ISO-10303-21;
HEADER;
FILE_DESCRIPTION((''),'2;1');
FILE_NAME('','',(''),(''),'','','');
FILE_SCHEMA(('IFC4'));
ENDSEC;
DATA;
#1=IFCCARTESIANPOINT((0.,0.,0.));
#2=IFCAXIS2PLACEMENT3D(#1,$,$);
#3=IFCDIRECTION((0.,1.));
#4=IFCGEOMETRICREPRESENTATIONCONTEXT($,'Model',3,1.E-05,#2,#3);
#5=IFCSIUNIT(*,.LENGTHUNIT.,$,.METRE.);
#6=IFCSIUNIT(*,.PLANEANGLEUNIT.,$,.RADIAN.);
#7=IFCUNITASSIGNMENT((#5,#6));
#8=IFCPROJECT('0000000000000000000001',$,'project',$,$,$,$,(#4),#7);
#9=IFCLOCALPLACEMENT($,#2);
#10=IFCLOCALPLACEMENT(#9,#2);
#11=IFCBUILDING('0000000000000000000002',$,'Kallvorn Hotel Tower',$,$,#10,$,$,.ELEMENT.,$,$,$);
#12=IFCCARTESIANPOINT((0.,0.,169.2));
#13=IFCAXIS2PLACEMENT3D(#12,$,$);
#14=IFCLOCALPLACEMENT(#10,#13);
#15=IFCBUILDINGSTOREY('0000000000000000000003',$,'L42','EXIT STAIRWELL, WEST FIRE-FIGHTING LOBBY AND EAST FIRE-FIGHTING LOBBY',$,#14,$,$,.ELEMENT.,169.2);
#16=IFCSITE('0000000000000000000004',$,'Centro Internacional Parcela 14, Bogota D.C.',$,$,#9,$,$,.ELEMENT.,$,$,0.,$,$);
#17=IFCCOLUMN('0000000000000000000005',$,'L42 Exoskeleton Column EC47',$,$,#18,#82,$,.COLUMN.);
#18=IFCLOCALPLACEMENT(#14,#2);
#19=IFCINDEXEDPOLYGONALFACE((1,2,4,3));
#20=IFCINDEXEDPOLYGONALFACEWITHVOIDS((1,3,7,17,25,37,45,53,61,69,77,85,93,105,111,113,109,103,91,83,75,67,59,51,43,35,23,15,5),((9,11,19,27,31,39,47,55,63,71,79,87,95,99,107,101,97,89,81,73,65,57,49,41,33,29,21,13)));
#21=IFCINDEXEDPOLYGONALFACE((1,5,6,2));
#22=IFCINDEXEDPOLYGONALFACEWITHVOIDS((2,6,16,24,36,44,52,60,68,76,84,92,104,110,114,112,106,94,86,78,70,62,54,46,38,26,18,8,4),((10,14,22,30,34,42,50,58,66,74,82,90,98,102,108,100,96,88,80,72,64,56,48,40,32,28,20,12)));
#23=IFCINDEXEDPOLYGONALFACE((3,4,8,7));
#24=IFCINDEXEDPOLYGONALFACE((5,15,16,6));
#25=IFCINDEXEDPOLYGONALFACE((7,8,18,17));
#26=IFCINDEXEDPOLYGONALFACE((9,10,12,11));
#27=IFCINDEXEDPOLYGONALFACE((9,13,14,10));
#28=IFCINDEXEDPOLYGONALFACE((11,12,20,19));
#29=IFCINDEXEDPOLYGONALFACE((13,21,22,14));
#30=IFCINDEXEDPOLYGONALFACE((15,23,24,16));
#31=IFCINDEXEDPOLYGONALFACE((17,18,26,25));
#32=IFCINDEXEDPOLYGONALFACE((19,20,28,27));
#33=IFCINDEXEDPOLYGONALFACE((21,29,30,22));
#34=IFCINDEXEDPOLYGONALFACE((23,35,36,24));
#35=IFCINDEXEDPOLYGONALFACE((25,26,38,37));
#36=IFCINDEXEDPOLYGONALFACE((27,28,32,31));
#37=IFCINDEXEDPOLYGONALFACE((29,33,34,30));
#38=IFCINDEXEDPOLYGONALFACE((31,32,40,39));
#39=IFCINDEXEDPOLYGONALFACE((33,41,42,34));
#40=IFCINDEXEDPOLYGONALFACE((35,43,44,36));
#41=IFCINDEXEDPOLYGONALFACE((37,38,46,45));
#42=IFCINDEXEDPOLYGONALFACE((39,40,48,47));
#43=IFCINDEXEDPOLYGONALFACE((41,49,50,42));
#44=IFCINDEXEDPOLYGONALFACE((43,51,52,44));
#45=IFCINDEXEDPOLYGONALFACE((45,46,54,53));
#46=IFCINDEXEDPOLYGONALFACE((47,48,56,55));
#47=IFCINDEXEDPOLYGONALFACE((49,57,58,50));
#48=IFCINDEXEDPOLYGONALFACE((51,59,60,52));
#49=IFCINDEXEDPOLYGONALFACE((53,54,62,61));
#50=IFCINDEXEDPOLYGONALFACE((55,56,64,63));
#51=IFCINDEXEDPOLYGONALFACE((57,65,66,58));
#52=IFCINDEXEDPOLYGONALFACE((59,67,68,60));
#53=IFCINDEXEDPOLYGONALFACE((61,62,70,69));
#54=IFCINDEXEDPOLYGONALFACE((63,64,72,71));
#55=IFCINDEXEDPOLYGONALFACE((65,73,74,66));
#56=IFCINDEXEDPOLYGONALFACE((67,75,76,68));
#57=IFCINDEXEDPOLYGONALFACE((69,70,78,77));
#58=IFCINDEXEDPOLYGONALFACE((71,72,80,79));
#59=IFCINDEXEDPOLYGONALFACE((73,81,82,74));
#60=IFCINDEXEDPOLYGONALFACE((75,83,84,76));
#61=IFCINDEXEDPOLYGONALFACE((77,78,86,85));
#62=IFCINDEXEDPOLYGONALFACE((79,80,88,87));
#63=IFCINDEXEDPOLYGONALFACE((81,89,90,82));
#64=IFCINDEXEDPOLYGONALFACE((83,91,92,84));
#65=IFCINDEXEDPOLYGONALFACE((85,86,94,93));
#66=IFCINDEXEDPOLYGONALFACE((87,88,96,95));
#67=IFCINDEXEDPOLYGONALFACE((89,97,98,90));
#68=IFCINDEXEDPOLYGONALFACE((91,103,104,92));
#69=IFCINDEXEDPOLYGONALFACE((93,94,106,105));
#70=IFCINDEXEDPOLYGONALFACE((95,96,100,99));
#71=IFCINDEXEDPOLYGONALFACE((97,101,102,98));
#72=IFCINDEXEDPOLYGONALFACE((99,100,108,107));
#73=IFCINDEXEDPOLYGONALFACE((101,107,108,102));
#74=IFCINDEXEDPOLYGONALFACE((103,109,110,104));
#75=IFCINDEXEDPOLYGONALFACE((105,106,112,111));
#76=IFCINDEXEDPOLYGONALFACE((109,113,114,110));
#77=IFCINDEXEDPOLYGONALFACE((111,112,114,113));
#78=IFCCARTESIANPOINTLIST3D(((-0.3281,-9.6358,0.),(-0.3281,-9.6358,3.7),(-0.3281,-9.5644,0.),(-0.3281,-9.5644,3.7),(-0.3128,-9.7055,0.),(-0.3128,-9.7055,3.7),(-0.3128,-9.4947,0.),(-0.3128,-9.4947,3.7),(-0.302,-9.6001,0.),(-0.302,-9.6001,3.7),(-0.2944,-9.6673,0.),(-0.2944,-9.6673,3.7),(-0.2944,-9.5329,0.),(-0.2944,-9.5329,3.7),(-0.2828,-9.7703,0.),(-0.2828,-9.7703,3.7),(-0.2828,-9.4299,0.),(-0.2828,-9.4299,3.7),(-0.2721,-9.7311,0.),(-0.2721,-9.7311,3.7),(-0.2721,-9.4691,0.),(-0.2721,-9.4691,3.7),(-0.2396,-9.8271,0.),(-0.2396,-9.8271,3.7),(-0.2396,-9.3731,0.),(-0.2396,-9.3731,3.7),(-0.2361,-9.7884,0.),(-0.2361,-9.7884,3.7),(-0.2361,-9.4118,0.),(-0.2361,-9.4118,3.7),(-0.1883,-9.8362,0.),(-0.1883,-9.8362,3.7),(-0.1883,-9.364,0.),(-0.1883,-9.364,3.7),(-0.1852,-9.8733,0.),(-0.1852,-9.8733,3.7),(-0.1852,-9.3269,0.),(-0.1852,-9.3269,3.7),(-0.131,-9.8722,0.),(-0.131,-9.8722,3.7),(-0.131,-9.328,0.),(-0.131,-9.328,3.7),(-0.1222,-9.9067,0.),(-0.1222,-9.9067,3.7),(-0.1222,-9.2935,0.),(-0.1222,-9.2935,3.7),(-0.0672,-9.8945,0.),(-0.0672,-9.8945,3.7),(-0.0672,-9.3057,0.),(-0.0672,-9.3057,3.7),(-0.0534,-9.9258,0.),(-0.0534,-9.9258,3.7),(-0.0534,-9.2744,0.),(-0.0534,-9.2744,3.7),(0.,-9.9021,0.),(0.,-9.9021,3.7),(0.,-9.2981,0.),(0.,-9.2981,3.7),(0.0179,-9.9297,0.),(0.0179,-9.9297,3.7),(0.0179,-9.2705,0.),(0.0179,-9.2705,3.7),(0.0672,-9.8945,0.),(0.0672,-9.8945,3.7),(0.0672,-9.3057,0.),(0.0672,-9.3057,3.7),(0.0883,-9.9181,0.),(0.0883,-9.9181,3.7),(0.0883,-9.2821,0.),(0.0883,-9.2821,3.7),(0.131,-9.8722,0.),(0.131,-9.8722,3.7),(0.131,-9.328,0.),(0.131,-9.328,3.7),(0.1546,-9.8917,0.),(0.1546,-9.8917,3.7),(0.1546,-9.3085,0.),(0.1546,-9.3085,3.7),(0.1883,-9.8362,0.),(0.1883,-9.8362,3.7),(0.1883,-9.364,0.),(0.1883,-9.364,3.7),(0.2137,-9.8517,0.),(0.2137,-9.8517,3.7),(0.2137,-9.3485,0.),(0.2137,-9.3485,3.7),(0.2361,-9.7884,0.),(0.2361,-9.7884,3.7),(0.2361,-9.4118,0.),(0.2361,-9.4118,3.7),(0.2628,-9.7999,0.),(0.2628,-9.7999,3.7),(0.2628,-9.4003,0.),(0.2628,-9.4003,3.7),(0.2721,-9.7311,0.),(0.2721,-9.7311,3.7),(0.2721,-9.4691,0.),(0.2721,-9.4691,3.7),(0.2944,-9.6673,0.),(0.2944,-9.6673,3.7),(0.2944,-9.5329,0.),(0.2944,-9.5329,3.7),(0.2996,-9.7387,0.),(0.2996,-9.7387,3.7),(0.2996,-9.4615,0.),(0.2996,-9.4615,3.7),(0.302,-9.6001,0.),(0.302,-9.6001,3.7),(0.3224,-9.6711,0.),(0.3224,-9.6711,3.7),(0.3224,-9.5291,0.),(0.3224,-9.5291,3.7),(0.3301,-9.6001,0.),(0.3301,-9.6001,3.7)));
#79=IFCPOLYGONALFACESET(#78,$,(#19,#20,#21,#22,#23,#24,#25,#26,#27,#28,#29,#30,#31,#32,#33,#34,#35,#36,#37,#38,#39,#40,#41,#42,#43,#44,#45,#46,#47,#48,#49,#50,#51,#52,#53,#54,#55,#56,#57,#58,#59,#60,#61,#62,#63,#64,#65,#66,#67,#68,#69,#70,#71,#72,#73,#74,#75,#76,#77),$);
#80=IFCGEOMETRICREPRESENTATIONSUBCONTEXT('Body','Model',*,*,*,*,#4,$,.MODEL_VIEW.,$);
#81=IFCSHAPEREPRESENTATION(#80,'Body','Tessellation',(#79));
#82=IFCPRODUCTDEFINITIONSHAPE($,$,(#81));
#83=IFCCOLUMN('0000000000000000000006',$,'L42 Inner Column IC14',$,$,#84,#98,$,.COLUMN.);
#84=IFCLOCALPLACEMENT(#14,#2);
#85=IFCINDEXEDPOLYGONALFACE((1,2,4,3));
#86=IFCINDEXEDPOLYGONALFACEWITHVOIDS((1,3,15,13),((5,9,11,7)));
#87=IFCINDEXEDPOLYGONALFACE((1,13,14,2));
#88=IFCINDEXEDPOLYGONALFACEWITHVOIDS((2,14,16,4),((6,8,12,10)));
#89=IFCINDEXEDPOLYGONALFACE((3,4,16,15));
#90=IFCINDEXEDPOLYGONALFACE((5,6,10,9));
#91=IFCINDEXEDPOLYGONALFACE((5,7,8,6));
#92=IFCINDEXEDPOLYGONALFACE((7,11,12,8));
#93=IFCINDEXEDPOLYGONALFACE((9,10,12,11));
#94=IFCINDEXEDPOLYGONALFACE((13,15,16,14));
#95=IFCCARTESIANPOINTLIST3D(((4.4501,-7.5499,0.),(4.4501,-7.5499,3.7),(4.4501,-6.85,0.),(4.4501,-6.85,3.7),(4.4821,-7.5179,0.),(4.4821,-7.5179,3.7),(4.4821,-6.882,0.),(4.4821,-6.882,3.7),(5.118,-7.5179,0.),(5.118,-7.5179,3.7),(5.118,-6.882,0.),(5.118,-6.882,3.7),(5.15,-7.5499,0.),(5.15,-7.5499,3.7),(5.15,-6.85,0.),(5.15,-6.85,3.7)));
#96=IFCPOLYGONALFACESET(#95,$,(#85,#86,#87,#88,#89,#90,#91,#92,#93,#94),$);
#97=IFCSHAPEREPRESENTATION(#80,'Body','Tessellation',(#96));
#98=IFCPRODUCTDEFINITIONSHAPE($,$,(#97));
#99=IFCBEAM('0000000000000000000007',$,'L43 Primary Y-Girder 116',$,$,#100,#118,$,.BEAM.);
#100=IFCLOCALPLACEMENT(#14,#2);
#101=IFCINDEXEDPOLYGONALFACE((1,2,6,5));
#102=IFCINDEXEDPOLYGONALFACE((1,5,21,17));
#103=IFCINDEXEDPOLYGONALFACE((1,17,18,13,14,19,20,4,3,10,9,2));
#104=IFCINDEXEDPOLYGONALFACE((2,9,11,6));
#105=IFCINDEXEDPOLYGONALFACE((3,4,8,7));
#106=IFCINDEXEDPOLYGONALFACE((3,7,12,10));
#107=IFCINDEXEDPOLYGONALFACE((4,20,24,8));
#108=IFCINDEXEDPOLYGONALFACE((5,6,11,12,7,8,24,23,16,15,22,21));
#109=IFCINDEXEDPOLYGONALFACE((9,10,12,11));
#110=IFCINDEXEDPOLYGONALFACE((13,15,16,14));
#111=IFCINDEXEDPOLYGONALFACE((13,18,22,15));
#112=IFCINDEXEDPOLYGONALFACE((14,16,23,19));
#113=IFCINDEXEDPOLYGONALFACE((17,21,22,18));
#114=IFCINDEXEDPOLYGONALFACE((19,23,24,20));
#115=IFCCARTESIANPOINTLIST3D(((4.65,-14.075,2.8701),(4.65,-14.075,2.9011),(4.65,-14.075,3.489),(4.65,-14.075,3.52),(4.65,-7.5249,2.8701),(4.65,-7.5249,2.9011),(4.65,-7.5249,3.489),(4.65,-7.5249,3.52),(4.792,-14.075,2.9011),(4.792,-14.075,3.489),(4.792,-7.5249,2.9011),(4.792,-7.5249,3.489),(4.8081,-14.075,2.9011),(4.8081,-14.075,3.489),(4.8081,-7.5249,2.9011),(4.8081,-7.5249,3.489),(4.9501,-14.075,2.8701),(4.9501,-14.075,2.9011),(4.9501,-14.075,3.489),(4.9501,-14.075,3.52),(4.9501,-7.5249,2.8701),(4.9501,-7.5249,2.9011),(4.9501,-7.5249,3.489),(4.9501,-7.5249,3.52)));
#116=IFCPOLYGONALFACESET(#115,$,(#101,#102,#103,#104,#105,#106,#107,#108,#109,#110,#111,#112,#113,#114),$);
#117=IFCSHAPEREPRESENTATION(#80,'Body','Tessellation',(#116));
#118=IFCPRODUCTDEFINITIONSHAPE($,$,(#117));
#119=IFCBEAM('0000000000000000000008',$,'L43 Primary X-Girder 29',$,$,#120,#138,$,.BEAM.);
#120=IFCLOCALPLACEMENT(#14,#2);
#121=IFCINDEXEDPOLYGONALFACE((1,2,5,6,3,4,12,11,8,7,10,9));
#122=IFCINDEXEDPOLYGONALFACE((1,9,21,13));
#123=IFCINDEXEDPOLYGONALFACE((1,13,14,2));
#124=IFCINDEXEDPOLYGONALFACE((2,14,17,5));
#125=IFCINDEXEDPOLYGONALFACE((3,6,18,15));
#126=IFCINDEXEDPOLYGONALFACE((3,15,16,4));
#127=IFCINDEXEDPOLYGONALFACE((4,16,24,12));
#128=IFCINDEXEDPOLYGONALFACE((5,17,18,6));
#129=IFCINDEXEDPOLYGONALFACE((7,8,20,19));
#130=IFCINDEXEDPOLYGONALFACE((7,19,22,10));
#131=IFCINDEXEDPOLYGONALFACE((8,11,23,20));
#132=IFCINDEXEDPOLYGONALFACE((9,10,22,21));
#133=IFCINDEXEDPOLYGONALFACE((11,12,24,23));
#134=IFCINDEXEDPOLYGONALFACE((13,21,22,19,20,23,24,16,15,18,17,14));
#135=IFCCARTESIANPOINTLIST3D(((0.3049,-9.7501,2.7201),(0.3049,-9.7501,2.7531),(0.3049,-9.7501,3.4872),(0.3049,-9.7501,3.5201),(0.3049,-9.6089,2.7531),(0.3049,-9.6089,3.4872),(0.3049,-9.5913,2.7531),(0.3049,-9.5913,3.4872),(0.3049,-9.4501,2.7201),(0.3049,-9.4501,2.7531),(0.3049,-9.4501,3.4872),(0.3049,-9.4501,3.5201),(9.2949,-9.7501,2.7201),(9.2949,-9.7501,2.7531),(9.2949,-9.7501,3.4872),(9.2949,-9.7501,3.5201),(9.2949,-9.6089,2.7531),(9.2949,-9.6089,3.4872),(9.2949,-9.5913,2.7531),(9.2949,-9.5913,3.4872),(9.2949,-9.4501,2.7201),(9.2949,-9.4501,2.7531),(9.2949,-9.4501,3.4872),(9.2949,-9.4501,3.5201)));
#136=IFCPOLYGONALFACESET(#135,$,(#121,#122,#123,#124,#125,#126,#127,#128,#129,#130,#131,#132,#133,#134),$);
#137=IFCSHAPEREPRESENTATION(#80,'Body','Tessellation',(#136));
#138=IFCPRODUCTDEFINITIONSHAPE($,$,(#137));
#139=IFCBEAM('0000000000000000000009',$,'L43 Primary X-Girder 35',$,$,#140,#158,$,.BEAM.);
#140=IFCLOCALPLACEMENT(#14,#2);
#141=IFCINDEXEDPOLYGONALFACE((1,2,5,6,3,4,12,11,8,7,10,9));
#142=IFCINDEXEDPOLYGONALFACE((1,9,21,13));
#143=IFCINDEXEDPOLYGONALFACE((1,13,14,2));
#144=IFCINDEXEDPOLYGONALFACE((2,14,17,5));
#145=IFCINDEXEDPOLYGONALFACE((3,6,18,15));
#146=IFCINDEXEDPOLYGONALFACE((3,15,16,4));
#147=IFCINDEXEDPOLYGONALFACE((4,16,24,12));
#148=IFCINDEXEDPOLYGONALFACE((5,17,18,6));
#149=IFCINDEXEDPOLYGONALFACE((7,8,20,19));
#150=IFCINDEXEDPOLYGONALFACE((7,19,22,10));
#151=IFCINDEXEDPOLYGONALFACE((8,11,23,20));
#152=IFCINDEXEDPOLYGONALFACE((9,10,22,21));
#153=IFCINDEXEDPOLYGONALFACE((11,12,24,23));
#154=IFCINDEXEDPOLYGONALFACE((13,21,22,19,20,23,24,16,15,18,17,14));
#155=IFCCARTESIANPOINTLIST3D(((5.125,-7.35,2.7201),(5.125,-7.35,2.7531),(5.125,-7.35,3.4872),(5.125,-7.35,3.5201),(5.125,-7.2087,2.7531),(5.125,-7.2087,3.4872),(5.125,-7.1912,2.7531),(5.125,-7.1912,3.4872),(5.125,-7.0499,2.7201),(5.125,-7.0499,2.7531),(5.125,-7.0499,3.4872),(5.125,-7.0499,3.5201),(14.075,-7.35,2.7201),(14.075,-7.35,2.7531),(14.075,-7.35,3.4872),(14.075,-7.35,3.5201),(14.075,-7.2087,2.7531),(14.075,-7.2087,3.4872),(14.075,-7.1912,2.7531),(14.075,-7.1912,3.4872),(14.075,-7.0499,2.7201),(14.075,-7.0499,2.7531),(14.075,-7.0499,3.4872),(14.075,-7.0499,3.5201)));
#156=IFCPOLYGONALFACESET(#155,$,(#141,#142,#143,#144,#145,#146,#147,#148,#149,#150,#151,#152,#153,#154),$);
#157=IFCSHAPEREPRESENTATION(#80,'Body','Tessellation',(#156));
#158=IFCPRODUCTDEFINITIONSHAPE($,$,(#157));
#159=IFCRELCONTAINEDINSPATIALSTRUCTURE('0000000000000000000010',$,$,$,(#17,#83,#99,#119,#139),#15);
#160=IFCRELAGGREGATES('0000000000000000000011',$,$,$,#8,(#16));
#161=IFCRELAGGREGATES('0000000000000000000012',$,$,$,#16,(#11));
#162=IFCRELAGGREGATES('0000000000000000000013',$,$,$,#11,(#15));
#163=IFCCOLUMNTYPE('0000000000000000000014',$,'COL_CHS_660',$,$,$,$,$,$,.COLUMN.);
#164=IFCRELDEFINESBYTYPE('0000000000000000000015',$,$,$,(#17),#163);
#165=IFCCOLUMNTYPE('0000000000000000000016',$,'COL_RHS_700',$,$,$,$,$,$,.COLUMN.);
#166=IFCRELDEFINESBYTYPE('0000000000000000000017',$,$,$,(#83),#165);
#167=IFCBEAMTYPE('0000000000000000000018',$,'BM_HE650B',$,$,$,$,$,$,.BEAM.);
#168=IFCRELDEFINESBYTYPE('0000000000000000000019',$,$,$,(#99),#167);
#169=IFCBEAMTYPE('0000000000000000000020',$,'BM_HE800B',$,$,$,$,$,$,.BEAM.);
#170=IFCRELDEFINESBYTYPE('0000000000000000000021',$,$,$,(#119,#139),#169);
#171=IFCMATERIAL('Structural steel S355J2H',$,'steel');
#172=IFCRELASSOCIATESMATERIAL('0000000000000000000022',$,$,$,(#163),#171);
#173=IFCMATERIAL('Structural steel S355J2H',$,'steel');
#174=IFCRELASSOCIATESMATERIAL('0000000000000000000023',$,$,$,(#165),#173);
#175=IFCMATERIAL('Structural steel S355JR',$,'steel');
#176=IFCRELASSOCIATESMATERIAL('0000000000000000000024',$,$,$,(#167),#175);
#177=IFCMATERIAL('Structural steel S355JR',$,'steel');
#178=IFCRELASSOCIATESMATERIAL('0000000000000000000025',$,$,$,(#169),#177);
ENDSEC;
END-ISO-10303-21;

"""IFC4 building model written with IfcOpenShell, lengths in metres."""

from ifc_helpers import new_model, si_unit, direction, frame, origin, origin_2d, place, context, subcontext, project, spatial, hollow_rectangle, hollow_circle, i_section, extrude, material, material_profile, profile_set, type_object, element, save


model = new_model("IFC4")

# Units and contexts
model_context = context("Model", 3, precision=1e-05, world=origin(), true_north=direction((0.0, 1.0)))
body_context = subcontext(model_context, "Body", "Model", "MODEL_VIEW")
ifc_project = project(units=[si_unit("LENGTHUNIT", "METRE"), si_unit("PLANEANGLEUNIT", "RADIAN")], contexts=[model_context])

# Site, building, storey
site_placement = place(None, origin())
site = spatial("IfcSite", under=ifc_project, at=site_placement, Name="Centro Internacional Parcela 14, Bogota D.C.", CompositionType="ELEMENT", RefElevation=0.0)
building_placement = place(site_placement, origin())
building = spatial("IfcBuilding", under=site, at=building_placement, Name="Kallvorn Hotel Tower", CompositionType="ELEMENT")
storey_placement = place(building_placement, frame((0.0, 0.0, 169.2)))
storey = spatial("IfcBuildingStorey", under=building, at=storey_placement, Name="L42", Description="EXIT STAIRWELL, WEST FIRE-FIGHTING LOBBY AND EAST FIRE-FIGHTING LOBBY", CompositionType="ELEMENT", Elevation=169.2)

# Columns
ifc_material_1 = material(Name="Structural steel S355J2H", Category="steel")
ifc_material_profile_1 = material_profile(ifc_material_1, hollow_circle(Radius=0.3301, WallThickness=0.0281, at=origin_2d()), Name="CHS 660x28")
ifc_profile_set_1 = profile_set([ifc_material_profile_1], Name="Structural steel S355J2H")
column_type_1 = type_object("IfcColumnType", Name="COL_CHS_660", PredefinedType="COLUMN", material=ifc_profile_set_1)
column_1_placement = place(storey_placement, frame((0.0, -9.6001, 0.0), z_axis=(0.0, 0.0, 1.0), x_axis=(1.0, 0.0, 0.0)))
element("IfcColumn", 1, at=column_1_placement, inside=storey, type_object=column_type_1, Name="L42 Exoskeleton Column EC47", PredefinedType="COLUMN", context=body_context, shape_type="SweptSolid", body=[
    extrude(hollow_circle(Radius=0.3301, WallThickness=0.0281, at=origin_2d()), origin(), (0.0, 0.0, 1.0), 3.7),
])
ifc_material_2 = material(Name="Structural steel S355J2H", Category="steel")
ifc_material_profile_2 = material_profile(ifc_material_2, hollow_rectangle(XDim=0.7, YDim=0.7, WallThickness=0.032, at=origin_2d()), Name="RHS 700x700x32")
ifc_profile_set_2 = profile_set([ifc_material_profile_2], Name="Structural steel S355J2H")
column_type_2 = type_object("IfcColumnType", Name="COL_RHS_700", PredefinedType="COLUMN", material=ifc_profile_set_2)
column_2_placement = place(storey_placement, frame((4.8, -7.2, 0.0), z_axis=(0.0, 0.0, 1.0), x_axis=(1.0, 0.0, 0.0)))
element("IfcColumn", 2, at=column_2_placement, inside=storey, type_object=column_type_2, Name="L42 Inner Column IC14", PredefinedType="COLUMN", context=body_context, shape_type="SweptSolid", body=[
    extrude(hollow_rectangle(XDim=0.7, YDim=0.7, WallThickness=0.032, at=origin_2d()), origin(), (0.0, 0.0, 1.0), 3.7),
])

# Beams
ifc_material_3 = material(Name="Structural steel S355JR", Category="steel")
ifc_material_profile_3 = material_profile(ifc_material_3, i_section(OverallWidth=0.3, OverallDepth=0.6499, WebThickness=0.0161, FlangeThickness=0.031, at=origin_2d()), Name="HE 650 B")
ifc_profile_set_3 = profile_set([ifc_material_profile_3], Name="Structural steel S355JR")
beam_type_1 = type_object("IfcBeamType", Name="BM_HE650B", PredefinedType="BEAM", material=ifc_profile_set_3)
beam_1_placement = place(storey_placement, frame((4.8, -14.075, 3.1951), z_axis=(0.0, 1.0, 0.0), x_axis=(-1.0, 0.0, 0.0)))
element("IfcBeam", 3, at=beam_1_placement, inside=storey, type_object=beam_type_1, Name="L43 Primary Y-Girder 116", PredefinedType="BEAM", context=body_context, shape_type="SweptSolid", body=[
    extrude(i_section(OverallWidth=0.3, OverallDepth=0.6499, WebThickness=0.0161, FlangeThickness=0.031, at=origin_2d()), origin(), (0.0, 0.0, 1.0), 6.55),
])
ifc_material_4 = material(Name="Structural steel S355JR", Category="steel")
ifc_material_profile_4 = material_profile(ifc_material_4, i_section(OverallWidth=0.3, OverallDepth=0.8, WebThickness=0.0176, FlangeThickness=0.033, at=origin_2d()), Name="HE 800 B")
ifc_profile_set_4 = profile_set([ifc_material_profile_4], Name="Structural steel S355JR")
beam_type_2 = type_object("IfcBeamType", Name="BM_HE800B", PredefinedType="BEAM", material=ifc_profile_set_4)
beam_2_placement = place(storey_placement, frame((0.3049, -9.6001, 3.1201), z_axis=(1.0, 0.0, 0.0), x_axis=(0.0, 1.0, 0.0)))
element("IfcBeam", 4, at=beam_2_placement, inside=storey, type_object=beam_type_2, Name="L43 Primary X-Girder 29", PredefinedType="BEAM", context=body_context, shape_type="SweptSolid", body=[
    extrude(i_section(OverallWidth=0.3, OverallDepth=0.8, WebThickness=0.0176, FlangeThickness=0.033, at=origin_2d()), origin(), (0.0, 0.0, 1.0), 8.99),
])
beam_3_placement = place(storey_placement, frame((5.125, -7.2, 3.1201), z_axis=(1.0, 0.0, 0.0), x_axis=(0.0, 1.0, 0.0)))
element("IfcBeam", 5, at=beam_3_placement, inside=storey, type_object=beam_type_2, Name="L43 Primary X-Girder 35", PredefinedType="BEAM", context=body_context, shape_type="SweptSolid", body=[
    extrude(i_section(OverallWidth=0.3, OverallDepth=0.8, WebThickness=0.0176, FlangeThickness=0.033, at=origin_2d()), origin(), (0.0, 0.0, 1.0), 8.95),
])

save(model, "model.ifc")
